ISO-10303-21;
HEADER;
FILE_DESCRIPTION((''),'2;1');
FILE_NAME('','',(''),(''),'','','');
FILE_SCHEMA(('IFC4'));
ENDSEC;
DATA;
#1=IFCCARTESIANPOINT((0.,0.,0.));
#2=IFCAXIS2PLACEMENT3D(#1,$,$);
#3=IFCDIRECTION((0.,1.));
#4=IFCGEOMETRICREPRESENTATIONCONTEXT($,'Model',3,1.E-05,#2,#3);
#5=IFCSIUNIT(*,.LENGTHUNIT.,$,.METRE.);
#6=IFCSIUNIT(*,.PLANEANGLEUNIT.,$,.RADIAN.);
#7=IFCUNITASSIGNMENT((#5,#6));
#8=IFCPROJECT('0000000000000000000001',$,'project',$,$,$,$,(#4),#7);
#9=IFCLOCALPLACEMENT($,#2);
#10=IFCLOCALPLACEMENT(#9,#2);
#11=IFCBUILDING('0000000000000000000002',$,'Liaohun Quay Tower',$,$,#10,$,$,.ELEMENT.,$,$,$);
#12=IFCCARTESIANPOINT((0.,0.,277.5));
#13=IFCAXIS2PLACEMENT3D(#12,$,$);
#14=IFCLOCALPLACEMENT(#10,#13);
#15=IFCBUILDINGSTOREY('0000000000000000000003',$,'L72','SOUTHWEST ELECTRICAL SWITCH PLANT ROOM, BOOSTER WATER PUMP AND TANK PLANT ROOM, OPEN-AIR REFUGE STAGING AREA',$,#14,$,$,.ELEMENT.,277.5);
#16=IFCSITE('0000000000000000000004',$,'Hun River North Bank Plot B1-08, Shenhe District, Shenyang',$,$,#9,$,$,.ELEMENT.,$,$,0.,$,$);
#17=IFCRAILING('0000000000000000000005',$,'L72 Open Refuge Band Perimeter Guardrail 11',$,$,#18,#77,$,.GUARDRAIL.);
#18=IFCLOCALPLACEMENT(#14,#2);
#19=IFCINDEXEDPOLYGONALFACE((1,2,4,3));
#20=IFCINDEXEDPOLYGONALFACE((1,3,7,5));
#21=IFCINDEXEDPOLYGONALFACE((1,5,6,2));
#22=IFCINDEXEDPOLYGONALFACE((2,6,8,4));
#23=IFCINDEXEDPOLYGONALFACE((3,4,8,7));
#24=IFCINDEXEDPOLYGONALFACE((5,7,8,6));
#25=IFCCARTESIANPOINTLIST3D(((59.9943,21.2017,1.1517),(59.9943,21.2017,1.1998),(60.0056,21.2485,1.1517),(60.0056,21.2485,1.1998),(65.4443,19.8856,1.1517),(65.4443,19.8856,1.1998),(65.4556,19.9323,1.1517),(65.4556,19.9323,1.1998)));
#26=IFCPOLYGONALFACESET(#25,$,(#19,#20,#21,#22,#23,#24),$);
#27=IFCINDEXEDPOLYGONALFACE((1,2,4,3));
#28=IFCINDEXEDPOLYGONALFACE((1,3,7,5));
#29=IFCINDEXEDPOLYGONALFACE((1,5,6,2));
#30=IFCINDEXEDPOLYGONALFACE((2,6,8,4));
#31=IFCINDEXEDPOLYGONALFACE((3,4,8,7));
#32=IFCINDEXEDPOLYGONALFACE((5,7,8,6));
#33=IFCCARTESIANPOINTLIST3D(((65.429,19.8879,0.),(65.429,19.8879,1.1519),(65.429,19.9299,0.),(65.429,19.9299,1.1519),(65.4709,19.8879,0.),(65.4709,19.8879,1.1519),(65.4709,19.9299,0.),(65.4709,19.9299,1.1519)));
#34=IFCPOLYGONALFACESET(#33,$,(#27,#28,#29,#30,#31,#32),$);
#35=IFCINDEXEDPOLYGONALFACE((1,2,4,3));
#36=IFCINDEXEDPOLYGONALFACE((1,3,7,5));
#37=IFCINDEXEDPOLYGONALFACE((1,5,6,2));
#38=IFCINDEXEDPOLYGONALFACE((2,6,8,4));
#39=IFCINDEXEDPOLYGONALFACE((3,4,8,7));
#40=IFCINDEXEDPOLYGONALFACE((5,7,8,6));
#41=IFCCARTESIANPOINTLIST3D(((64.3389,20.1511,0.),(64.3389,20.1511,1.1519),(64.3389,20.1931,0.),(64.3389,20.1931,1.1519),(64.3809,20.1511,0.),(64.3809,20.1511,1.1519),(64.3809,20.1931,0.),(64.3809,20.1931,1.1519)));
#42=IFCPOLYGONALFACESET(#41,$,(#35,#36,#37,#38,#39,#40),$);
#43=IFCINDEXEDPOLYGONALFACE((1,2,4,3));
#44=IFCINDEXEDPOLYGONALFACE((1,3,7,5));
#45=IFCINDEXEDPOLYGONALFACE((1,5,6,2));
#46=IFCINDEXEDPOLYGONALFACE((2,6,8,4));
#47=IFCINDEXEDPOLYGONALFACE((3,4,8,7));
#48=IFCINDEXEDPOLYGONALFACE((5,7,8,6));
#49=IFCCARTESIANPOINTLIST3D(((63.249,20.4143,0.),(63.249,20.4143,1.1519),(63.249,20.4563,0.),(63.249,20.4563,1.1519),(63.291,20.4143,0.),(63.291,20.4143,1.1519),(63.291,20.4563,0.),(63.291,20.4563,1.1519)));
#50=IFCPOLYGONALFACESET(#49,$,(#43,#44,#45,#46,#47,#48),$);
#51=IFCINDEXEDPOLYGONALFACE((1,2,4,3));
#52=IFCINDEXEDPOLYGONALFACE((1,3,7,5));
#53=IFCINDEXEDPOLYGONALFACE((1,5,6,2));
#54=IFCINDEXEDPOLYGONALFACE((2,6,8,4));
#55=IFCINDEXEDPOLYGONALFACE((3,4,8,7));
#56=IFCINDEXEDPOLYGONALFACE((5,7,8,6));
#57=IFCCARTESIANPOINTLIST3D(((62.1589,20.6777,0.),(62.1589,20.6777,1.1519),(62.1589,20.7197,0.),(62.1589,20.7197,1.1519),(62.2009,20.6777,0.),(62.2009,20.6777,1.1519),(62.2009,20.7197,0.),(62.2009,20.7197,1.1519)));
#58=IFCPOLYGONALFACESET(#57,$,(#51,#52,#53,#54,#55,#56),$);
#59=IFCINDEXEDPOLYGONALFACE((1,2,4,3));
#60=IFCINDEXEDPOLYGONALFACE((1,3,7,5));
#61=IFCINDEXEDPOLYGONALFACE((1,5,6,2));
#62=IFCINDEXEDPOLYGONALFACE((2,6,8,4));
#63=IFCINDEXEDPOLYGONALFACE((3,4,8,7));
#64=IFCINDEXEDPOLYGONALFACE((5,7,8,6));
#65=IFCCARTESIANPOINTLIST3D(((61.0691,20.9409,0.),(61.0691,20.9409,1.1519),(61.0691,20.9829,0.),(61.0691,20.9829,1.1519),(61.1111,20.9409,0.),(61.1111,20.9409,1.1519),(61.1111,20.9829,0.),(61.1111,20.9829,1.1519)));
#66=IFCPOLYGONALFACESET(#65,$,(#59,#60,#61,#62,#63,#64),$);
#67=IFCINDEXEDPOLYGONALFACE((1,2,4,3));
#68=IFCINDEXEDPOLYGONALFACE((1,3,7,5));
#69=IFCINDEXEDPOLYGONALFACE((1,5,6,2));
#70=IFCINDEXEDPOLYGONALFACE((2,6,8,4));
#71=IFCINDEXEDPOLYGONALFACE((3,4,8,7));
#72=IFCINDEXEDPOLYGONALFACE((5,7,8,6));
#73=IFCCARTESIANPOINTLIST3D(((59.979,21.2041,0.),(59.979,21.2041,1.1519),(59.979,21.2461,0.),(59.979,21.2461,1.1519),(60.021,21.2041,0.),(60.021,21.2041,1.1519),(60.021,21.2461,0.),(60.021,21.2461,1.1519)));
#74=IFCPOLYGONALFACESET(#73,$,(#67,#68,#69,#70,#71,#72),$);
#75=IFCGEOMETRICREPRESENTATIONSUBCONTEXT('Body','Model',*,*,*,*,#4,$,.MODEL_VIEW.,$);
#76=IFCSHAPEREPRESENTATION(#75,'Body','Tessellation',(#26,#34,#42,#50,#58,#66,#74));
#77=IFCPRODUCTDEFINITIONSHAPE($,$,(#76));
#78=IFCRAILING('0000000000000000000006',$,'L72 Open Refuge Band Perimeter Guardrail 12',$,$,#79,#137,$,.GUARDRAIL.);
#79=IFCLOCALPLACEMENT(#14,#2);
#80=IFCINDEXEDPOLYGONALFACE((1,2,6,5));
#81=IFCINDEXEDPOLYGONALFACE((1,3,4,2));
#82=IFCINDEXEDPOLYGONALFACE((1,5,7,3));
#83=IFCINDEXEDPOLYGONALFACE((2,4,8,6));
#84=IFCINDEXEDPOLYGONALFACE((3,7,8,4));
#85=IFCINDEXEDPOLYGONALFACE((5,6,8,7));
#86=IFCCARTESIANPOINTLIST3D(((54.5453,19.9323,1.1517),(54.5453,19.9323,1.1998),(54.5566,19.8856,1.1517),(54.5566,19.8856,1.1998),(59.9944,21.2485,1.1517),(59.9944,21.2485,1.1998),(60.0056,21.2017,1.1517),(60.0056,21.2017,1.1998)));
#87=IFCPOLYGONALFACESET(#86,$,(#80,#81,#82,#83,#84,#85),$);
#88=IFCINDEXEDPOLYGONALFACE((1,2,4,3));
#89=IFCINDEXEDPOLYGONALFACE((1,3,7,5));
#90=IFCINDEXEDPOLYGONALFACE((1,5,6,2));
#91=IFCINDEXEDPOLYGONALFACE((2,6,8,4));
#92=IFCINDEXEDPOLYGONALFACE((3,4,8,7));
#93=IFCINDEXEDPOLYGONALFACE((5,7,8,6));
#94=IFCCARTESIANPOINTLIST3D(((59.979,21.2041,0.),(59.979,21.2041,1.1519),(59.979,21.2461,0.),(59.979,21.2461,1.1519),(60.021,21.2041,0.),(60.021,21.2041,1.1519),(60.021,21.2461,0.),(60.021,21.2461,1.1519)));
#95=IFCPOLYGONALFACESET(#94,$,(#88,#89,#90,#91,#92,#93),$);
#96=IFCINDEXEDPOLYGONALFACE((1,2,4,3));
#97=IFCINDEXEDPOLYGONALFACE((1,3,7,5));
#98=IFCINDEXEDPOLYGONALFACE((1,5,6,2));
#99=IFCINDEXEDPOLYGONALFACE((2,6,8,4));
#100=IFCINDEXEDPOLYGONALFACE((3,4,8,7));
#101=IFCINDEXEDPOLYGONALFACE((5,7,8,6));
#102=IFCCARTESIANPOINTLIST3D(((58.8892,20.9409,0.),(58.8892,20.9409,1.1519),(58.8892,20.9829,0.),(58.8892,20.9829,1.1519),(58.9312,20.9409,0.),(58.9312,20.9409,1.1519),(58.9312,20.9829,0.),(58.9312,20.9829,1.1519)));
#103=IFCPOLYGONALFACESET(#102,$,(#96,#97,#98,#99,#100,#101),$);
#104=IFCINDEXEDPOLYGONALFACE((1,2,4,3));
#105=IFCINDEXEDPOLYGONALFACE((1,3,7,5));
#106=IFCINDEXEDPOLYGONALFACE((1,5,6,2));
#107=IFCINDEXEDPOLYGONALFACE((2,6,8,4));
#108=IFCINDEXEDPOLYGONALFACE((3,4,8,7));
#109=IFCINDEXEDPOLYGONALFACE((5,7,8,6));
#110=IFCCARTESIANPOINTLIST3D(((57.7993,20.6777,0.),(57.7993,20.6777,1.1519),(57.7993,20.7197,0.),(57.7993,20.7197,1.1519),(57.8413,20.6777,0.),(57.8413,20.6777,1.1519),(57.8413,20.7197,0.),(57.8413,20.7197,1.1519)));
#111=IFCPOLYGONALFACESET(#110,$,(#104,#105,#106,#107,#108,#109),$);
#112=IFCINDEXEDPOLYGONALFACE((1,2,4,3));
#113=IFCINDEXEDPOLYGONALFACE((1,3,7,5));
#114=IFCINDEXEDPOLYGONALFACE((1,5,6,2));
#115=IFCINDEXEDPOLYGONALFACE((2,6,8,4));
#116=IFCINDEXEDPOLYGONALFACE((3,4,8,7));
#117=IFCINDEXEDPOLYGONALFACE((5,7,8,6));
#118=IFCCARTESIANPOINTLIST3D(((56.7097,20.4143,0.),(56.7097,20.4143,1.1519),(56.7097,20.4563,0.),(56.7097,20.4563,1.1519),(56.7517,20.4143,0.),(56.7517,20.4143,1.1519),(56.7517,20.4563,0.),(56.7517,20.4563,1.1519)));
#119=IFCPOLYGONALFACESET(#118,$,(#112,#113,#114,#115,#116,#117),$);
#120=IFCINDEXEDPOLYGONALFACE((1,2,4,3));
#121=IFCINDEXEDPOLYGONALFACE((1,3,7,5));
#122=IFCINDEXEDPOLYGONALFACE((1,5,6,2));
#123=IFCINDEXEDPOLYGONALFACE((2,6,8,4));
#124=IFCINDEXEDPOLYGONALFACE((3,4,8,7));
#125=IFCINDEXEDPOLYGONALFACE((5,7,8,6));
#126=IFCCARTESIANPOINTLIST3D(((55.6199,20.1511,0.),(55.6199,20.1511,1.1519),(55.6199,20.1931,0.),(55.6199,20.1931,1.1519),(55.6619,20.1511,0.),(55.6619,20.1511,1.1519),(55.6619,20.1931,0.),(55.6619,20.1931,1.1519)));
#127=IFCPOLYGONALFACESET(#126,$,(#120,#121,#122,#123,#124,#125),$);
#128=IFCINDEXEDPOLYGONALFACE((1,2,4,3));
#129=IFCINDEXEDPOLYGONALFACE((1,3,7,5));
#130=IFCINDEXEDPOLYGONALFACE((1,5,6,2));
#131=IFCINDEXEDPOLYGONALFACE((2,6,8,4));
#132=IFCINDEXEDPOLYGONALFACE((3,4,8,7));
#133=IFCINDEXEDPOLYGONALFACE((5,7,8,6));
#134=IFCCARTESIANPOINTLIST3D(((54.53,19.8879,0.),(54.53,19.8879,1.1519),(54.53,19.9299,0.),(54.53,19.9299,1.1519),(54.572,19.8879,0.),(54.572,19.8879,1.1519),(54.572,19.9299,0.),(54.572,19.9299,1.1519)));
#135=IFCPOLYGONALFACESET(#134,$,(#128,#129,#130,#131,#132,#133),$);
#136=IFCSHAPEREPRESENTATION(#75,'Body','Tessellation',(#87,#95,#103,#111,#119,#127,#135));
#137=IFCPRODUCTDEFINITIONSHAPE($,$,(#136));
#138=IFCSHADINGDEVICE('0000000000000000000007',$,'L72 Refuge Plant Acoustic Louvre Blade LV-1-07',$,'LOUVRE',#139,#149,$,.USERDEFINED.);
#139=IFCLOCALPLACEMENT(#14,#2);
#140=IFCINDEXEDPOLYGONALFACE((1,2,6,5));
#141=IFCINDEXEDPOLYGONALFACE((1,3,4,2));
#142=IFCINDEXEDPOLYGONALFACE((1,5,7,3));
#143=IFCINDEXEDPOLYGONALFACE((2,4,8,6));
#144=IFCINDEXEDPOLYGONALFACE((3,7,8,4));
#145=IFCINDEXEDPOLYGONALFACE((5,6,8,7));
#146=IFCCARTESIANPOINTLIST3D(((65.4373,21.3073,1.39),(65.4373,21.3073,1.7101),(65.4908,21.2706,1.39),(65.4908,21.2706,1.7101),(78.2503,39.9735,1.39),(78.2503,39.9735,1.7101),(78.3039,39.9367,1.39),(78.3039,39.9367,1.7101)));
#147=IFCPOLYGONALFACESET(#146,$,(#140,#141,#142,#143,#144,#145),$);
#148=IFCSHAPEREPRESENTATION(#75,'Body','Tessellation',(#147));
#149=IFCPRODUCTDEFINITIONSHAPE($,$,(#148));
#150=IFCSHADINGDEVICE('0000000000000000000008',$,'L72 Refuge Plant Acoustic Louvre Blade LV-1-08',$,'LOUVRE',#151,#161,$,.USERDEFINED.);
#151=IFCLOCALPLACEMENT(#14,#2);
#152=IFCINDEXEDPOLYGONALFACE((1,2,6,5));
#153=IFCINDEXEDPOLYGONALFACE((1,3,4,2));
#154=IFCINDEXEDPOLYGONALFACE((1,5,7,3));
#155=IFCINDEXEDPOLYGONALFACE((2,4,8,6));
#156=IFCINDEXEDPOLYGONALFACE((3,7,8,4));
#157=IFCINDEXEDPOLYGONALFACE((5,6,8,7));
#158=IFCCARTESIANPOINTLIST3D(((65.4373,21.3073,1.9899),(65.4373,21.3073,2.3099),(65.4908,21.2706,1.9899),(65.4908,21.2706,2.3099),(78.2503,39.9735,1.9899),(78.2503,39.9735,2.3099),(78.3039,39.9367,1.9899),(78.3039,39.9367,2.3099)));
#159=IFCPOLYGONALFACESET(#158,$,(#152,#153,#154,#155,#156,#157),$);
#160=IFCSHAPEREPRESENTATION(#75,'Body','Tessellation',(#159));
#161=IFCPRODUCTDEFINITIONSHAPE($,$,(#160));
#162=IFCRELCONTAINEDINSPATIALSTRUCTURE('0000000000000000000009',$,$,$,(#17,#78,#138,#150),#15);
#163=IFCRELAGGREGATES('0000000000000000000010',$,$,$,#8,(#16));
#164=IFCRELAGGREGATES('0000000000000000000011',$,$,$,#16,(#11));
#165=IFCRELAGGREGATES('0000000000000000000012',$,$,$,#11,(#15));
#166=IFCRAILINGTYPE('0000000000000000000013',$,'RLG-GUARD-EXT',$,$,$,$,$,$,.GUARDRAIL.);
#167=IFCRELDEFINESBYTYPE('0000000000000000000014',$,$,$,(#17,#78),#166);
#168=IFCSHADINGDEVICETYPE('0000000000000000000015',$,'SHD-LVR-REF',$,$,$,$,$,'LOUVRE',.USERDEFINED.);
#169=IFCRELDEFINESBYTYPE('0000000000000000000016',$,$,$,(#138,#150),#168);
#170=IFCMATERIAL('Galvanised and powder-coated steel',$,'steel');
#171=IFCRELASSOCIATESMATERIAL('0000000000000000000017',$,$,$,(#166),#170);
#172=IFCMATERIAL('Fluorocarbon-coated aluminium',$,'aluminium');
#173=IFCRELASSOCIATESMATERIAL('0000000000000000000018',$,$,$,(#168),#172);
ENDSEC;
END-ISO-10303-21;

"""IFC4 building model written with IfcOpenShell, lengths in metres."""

from ifc_helpers import new_model, si_unit, direction, frame, origin, origin_2d, place, context, subcontext, project, spatial, rectangle, extrude, source, transform, mapped, material, material_profile, profile_set, type_object, element, save


model = new_model("IFC4")

# Units and contexts
model_context = context("Model", 3, precision=1e-05, world=origin(), true_north=direction((0.0, 1.0)))
body_context = subcontext(model_context, "Body", "Model", "MODEL_VIEW")
ifc_project = project(units=[si_unit("LENGTHUNIT", "METRE"), si_unit("PLANEANGLEUNIT", "RADIAN")], contexts=[model_context])

# Site, building, storey
site_placement = place(None, origin())
site = spatial("IfcSite", under=ifc_project, at=site_placement, Name="Hun River North Bank Plot B1-08, Shenhe District, Shenyang", CompositionType="ELEMENT", RefElevation=0.0)
building_placement = place(site_placement, origin())
building = spatial("IfcBuilding", under=site, at=building_placement, Name="Liaohun Quay Tower", CompositionType="ELEMENT")
storey_placement = place(building_placement, frame((0.0, 0.0, 277.5)))
storey = spatial("IfcBuildingStorey", under=building, at=storey_placement, Name="L72", Description="SOUTHWEST ELECTRICAL SWITCH PLANT ROOM, BOOSTER WATER PUMP AND TANK PLANT ROOM, OPEN-AIR REFUGE STAGING AREA", CompositionType="ELEMENT", Elevation=277.5)

# Railings
ifc_material_1 = material(Name="Galvanised and powder-coated steel", Category="steel")
railing_type = type_object("IfcRailingType", Name="RLG-GUARD-EXT", PredefinedType="GUARDRAIL", material=ifc_material_1)
railing_1_placement = place(storey_placement, frame((65.45, 19.9089, 0.0)))
element("IfcRailing", 1, at=railing_1_placement, inside=storey, type_object=railing_type, Name="L72 Open Refuge Band Perimeter Guardrail 11", PredefinedType="GUARDRAIL", context=body_context, shape_type="SweptSolid", body=[
    extrude(rectangle(XDim=0.0481, YDim=0.0481, at=origin_2d()), frame((0.0, 0.0, 1.1758), z_axis=(-0.972055, 0.234751, 0.0), x_axis=(-0.234751, -0.972055, 0.0)), (0.0, 0.0, 1.0), 5.6067),
    extrude(rectangle(XDim=0.042, YDim=0.042, at=origin_2d()), origin(), (0.0, 0.0, 1.0), 1.1519),
    extrude(rectangle(XDim=0.042, YDim=0.042, at=origin_2d()), frame((-1.0901, 0.2632, 0.0)), (0.0, 0.0, 1.0), 1.1519),
    extrude(rectangle(XDim=0.042, YDim=0.042, at=origin_2d()), frame((-2.1799, 0.5264, 0.0)), (0.0, 0.0, 1.0), 1.1519),
    extrude(rectangle(XDim=0.042, YDim=0.042, at=origin_2d()), frame((-3.27, 0.7898, 0.0)), (0.0, 0.0, 1.0), 1.1519),
    extrude(rectangle(XDim=0.042, YDim=0.042, at=origin_2d()), frame((-4.3599, 1.053, 0.0)), (0.0, 0.0, 1.0), 1.1519),
    extrude(rectangle(XDim=0.042, YDim=0.042, at=origin_2d()), frame((-5.45, 1.3162, 0.0)), (0.0, 0.0, 1.0), 1.1519),
])
railing_2_placement = place(storey_placement, frame((60.0, 21.2251, 0.0)))
element("IfcRailing", 2, at=railing_2_placement, inside=storey, type_object=railing_type, Name="L72 Open Refuge Band Perimeter Guardrail 12", PredefinedType="GUARDRAIL", context=body_context, shape_type="SweptSolid", body=[
    extrude(rectangle(XDim=0.0481, YDim=0.0481, at=origin_2d()), frame((0.0, 0.0, 1.1758), z_axis=(-0.972046, -0.234791, 0.0), x_axis=(0.234791, -0.972046, 0.0)), (0.0, 0.0, 1.0), 5.6057),
    extrude(rectangle(XDim=0.042, YDim=0.042, at=origin_2d()), origin(), (0.0, 0.0, 1.0), 1.1519),
    extrude(rectangle(XDim=0.042, YDim=0.042, at=origin_2d()), frame((-1.0898, -0.2632, 0.0)), (0.0, 0.0, 1.0), 1.1519),
    extrude(rectangle(XDim=0.042, YDim=0.042, at=origin_2d()), frame((-2.1797, -0.5264, 0.0)), (0.0, 0.0, 1.0), 1.1519),
    extrude(rectangle(XDim=0.042, YDim=0.042, at=origin_2d()), frame((-3.2693, -0.7898, 0.0)), (0.0, 0.0, 1.0), 1.1519),
    extrude(rectangle(XDim=0.042, YDim=0.042, at=origin_2d()), frame((-4.3591, -1.053, 0.0)), (0.0, 0.0, 1.0), 1.1519),
    extrude(rectangle(XDim=0.042, YDim=0.042, at=origin_2d()), frame((-5.449, -1.3162, 0.0)), (0.0, 0.0, 1.0), 1.1519),
])

# Shading devices
ifc_material_2 = material(Name="Fluorocarbon-coated aluminium", Category="aluminium")
ifc_material_profile_1 = material_profile(ifc_material_2, rectangle(XDim=0.0649, YDim=0.3201, at=origin_2d()), Name="ALU-LVR-320x65")
ifc_profile_set_1 = profile_set([ifc_material_profile_1], Name="Fluorocarbon-coated aluminium")
shading_device_type = type_object("IfcShadingDeviceType", Name="SHD-LVR-REF", ElementType="LOUVRE", PredefinedType="USERDEFINED", material=ifc_profile_set_1)
shared_shape_1 = source(origin(), body_context, "Body", "SweptSolid", [
    extrude(rectangle(XDim=0.0649, YDim=0.3201, at=origin_2d()), origin(), (0.0, 0.0, 1.0), 22.6406),
])
for number, where, z_axis, x_axis, name in (
    (3, (78.2771, 39.9551, 1.55), (-0.565932, -0.824452, 0.0), (0.824452, -0.565932, 0.0), "L72 Refuge Plant Acoustic Louvre Blade LV-1-07"),
    (4, (78.2771, 39.9551, 2.1499), (-0.565932, -0.824452, 0.0), (0.824452, -0.565932, 0.0), "L72 Refuge Plant Acoustic Louvre Blade LV-1-08"),
):
    element("IfcShadingDevice", number, at=place(storey_placement, frame(where, z_axis=z_axis, x_axis=x_axis)), inside=storey, type_object=shading_device_type, Name=name, ObjectType="LOUVRE", PredefinedType="USERDEFINED", context=body_context, shape_type="MappedRepresentation", body=[
        mapped(shared_shape_1, transform((0.0, 0.0, 0.0), x_axis=(1.0, 0.0, 0.0), y_axis=(0.0, 1.0, 0.0), z_axis=(0.0, 0.0, 1.0), scale=1.0)),
    ])

save(model, "model.ifc")
